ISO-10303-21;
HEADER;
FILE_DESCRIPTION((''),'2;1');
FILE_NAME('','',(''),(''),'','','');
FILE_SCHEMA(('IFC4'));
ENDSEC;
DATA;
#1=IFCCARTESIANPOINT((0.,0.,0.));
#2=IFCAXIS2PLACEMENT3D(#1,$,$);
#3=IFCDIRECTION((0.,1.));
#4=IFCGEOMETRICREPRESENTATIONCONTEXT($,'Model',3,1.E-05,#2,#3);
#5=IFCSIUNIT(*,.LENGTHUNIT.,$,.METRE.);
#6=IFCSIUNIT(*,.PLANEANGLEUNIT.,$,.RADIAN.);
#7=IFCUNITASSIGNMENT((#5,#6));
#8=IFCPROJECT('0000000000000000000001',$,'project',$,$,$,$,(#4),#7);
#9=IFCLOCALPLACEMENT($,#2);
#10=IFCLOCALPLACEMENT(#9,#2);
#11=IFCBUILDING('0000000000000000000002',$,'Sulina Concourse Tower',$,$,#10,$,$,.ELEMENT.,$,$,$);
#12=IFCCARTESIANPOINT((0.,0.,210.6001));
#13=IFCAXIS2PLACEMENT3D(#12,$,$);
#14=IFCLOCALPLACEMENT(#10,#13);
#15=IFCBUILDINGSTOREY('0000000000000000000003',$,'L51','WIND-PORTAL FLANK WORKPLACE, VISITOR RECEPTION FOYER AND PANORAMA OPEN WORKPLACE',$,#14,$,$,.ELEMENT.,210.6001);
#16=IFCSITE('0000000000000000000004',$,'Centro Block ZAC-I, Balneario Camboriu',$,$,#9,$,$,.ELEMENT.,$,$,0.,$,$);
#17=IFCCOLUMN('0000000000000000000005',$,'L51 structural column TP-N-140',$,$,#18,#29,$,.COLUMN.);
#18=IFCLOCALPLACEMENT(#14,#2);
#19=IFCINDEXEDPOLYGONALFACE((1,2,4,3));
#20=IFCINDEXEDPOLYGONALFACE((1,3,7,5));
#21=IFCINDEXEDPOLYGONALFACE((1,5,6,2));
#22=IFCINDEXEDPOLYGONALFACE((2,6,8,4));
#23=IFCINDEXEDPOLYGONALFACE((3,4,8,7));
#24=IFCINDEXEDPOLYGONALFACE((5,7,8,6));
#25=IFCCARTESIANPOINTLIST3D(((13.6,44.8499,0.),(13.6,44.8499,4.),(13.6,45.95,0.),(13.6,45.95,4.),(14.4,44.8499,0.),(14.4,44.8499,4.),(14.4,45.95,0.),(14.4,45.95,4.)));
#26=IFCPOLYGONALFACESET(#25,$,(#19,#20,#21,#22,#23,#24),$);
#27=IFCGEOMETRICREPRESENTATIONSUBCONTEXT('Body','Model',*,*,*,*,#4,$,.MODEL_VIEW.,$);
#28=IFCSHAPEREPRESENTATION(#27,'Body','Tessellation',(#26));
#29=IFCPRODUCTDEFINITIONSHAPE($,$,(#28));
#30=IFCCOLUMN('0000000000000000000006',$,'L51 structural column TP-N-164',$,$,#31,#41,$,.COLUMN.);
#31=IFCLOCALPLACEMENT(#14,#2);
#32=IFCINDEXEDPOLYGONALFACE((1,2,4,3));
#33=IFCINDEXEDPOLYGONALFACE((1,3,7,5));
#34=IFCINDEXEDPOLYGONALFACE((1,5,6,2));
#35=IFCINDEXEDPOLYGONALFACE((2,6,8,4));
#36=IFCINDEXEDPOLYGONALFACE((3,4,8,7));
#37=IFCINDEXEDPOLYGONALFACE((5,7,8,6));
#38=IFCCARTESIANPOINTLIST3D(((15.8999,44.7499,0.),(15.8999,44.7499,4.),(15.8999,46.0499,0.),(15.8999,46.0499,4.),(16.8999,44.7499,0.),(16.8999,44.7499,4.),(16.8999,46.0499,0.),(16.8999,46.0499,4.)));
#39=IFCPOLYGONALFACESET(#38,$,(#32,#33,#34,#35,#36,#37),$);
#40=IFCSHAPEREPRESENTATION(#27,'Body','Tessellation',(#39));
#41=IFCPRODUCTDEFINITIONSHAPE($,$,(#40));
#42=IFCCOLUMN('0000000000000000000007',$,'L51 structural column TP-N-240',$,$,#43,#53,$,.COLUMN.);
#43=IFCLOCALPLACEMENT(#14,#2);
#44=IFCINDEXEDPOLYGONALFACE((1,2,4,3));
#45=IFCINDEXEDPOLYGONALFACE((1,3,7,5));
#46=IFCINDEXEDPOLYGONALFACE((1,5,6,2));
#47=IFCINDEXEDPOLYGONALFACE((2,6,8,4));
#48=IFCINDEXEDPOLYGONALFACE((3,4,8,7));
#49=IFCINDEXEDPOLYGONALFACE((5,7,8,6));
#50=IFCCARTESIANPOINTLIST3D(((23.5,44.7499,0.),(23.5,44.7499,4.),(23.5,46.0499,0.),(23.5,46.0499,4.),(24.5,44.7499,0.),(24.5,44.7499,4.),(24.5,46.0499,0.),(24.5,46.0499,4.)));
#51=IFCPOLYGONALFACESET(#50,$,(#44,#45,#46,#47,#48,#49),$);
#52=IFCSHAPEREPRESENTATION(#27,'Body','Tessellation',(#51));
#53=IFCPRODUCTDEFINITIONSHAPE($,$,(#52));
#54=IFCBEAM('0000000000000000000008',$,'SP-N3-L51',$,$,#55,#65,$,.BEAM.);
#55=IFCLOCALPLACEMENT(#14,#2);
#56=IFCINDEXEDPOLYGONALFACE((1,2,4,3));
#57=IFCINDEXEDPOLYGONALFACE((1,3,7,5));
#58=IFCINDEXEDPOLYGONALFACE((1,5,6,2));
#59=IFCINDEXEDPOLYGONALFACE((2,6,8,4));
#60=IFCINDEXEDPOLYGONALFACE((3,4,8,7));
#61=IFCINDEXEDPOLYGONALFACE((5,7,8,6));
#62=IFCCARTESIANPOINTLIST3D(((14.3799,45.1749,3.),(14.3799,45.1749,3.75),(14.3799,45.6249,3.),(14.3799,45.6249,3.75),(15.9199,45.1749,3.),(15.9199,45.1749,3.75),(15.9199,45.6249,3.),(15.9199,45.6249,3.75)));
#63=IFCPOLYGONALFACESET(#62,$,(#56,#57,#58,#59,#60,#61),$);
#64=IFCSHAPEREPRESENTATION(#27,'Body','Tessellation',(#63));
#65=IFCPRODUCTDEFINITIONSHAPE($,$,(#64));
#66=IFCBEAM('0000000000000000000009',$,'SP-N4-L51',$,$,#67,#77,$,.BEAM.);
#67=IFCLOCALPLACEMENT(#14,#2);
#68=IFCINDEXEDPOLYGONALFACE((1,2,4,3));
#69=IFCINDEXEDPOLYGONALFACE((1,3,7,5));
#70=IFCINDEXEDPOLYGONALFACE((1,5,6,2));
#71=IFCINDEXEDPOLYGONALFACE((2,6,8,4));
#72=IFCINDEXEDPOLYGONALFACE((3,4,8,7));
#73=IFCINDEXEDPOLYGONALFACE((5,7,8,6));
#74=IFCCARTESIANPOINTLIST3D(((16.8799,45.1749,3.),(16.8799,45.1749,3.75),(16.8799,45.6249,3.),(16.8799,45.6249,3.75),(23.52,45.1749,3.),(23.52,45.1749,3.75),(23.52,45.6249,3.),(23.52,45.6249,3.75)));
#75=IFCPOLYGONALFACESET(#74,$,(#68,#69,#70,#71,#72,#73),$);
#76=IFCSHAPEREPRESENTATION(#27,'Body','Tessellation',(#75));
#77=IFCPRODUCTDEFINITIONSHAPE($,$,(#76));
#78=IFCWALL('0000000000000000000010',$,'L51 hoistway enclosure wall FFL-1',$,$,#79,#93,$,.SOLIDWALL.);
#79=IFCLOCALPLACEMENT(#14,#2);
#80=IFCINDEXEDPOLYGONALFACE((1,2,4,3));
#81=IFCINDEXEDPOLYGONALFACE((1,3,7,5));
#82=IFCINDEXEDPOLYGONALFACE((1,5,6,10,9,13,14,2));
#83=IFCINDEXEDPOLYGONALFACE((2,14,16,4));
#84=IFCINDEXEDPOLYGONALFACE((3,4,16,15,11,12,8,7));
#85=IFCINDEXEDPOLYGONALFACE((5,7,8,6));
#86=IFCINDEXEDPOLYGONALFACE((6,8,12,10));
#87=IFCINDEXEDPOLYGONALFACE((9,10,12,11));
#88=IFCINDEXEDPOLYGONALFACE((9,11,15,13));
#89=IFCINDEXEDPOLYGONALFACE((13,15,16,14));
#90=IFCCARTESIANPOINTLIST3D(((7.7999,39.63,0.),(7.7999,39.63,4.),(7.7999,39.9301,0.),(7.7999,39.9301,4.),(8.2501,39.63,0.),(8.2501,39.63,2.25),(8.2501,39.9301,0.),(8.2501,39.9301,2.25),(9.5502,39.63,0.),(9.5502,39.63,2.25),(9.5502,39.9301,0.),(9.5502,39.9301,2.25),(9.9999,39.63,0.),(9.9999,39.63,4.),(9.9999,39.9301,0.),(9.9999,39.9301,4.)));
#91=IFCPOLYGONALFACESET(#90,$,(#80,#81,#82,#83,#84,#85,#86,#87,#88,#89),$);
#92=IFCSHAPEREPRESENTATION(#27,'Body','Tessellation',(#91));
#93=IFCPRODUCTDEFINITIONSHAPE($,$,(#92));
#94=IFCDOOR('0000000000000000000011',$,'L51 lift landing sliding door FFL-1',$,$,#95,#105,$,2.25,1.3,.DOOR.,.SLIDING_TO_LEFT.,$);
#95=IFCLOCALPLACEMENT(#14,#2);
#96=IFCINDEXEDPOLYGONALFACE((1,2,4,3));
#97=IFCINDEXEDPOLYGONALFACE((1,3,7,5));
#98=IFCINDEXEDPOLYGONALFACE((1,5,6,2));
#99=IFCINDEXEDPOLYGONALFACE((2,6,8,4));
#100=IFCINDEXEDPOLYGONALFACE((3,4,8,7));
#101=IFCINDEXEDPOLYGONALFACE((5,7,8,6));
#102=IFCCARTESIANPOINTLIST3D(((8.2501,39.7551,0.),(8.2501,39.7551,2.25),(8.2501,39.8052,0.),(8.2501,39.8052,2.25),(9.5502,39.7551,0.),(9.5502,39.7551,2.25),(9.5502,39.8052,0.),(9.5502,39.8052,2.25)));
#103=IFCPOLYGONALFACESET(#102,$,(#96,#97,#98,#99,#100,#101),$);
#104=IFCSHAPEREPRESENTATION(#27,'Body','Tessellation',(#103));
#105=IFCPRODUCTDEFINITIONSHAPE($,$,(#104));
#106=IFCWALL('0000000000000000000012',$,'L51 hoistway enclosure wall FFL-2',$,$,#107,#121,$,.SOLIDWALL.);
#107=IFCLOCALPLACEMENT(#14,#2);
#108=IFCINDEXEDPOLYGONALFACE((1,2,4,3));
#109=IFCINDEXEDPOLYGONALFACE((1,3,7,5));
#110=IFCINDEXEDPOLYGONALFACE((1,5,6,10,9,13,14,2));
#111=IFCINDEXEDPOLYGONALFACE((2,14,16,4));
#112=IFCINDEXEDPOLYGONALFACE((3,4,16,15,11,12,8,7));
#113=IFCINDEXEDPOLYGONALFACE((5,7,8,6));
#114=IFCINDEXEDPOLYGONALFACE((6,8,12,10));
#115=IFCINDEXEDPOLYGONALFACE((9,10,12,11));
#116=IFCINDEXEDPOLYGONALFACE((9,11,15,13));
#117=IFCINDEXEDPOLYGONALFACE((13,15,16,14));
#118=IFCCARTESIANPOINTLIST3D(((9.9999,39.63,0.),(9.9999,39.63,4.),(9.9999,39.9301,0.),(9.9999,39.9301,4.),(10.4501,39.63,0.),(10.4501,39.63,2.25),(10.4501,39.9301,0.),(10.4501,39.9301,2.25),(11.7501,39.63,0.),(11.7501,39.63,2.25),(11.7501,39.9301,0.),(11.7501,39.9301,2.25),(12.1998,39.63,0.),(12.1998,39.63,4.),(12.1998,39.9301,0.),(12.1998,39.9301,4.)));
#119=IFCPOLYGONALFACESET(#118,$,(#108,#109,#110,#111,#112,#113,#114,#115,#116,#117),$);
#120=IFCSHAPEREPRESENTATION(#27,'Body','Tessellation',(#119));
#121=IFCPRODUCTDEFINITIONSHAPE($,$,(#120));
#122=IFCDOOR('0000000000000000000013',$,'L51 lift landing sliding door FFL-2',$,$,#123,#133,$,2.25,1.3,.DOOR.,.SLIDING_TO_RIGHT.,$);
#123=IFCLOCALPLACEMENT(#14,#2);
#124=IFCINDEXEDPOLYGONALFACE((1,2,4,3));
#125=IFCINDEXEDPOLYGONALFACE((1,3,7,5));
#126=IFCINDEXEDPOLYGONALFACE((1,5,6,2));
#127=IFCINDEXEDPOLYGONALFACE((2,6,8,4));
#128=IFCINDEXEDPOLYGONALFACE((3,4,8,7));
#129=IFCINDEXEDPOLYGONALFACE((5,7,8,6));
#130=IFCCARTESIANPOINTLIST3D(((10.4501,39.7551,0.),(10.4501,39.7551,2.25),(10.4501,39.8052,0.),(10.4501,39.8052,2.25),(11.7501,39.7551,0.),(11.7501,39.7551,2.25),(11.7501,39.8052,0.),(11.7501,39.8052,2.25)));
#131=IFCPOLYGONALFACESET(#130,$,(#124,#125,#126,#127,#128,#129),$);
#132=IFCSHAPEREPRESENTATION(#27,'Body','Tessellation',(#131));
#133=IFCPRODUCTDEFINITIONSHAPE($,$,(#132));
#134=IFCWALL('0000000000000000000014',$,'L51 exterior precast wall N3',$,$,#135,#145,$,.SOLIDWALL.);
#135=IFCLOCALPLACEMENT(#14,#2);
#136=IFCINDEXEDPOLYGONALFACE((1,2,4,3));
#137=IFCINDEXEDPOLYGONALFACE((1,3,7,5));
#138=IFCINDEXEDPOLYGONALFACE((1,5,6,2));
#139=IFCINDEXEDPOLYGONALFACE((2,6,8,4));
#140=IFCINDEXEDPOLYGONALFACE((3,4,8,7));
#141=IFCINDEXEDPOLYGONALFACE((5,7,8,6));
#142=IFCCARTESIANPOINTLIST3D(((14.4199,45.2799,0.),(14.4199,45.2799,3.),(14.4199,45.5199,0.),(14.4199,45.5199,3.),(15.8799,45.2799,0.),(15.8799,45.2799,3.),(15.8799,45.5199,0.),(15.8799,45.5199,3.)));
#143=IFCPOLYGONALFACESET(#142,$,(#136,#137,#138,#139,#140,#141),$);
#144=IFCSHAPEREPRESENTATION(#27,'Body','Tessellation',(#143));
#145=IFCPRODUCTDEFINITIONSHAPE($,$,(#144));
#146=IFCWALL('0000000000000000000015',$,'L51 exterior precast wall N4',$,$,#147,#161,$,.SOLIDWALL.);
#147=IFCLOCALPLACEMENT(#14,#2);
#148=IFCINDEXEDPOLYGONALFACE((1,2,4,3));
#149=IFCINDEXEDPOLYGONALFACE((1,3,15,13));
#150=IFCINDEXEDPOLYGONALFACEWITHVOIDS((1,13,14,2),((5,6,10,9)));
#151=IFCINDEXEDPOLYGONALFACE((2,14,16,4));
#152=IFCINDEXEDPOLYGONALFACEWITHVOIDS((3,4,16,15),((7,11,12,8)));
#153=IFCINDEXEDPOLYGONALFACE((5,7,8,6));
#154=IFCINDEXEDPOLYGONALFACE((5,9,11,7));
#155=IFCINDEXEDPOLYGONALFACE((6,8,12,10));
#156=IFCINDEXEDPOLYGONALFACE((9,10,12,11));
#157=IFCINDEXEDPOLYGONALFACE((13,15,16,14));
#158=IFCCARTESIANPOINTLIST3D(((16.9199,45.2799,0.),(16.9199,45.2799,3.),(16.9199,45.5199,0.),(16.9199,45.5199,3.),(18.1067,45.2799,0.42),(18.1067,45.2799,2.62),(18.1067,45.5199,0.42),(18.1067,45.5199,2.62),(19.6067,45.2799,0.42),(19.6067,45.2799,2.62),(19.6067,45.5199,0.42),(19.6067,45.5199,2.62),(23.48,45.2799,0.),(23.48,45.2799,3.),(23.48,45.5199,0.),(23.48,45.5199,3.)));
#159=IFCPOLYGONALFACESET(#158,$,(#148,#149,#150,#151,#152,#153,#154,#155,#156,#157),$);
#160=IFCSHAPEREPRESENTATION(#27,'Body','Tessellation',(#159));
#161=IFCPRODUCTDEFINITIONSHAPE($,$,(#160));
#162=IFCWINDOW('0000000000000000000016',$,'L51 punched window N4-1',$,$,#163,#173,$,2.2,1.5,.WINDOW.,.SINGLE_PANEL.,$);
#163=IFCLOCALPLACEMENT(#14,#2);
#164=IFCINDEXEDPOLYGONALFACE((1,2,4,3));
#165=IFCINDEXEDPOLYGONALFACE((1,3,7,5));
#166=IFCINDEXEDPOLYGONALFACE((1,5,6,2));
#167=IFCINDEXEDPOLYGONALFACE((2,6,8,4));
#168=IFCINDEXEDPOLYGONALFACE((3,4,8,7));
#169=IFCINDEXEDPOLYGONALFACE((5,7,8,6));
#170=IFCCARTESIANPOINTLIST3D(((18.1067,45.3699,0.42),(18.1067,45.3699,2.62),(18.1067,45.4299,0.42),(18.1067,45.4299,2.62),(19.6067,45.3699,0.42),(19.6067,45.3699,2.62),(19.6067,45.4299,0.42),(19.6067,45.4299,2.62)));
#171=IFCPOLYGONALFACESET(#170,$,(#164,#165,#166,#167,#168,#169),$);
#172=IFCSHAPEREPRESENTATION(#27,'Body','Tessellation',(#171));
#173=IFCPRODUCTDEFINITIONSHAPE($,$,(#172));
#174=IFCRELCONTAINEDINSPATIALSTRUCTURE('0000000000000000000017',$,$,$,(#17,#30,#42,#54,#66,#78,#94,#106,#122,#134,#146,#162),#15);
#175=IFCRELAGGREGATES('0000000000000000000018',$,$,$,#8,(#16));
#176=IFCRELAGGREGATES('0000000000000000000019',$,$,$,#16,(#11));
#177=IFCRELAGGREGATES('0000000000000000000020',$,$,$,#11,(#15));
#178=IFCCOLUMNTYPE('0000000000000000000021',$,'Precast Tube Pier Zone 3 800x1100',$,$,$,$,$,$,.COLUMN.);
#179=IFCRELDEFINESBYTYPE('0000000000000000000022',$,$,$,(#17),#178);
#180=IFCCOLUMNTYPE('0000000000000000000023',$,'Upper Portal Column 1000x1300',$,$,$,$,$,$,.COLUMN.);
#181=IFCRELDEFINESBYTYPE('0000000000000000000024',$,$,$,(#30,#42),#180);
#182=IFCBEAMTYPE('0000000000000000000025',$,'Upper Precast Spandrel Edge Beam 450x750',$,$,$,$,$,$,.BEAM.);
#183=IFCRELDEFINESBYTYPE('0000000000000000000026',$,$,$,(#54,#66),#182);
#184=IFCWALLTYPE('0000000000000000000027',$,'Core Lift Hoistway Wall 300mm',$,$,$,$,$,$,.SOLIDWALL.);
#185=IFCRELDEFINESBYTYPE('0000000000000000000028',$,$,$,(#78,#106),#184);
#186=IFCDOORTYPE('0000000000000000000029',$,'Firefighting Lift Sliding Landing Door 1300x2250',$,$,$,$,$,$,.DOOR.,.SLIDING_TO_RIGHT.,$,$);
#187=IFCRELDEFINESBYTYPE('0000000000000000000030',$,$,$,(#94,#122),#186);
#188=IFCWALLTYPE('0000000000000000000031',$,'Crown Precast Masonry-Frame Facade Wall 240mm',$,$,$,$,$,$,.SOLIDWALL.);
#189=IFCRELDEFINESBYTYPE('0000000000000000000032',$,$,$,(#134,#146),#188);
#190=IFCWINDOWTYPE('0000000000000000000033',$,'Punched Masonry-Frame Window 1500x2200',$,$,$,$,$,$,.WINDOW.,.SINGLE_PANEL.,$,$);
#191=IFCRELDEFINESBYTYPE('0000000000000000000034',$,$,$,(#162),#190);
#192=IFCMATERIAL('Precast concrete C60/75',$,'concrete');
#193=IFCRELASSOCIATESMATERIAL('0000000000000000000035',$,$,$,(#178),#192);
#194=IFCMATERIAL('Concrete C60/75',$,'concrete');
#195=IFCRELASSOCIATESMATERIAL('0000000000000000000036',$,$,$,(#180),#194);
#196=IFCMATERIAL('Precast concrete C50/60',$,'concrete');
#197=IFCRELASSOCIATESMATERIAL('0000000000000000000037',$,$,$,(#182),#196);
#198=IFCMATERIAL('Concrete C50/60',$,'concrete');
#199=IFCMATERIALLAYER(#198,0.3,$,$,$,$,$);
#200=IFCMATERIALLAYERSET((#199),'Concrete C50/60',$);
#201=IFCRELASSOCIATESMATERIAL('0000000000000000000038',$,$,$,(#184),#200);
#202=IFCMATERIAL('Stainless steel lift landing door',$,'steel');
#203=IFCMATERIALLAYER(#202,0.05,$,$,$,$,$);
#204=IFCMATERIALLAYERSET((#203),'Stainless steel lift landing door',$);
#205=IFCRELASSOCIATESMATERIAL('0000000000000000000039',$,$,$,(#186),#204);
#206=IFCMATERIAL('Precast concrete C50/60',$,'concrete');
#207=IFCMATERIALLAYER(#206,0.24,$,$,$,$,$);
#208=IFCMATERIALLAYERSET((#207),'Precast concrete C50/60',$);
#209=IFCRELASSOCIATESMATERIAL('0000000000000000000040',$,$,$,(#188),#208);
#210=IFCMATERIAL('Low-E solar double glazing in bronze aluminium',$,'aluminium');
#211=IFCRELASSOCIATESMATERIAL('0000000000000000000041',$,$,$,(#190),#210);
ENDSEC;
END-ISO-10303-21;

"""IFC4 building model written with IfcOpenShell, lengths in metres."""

from ifc_helpers import new_model, si_unit, direction, frame, frame_2d, origin, origin_2d, place, context, subcontext, project, spatial, rectangle, extrude, material, layer, layer_set, material_profile, profile_set, type_object, element, fill, save


model = new_model("IFC4")

# Units and contexts
model_context = context("Model", 3, precision=1e-05, world=origin(), true_north=direction((0.0, 1.0)))
body_context = subcontext(model_context, "Body", "Model", "MODEL_VIEW")
ifc_project = project(units=[si_unit("LENGTHUNIT", "METRE"), si_unit("PLANEANGLEUNIT", "RADIAN")], contexts=[model_context])

# Site, building, storey
site_placement = place(None, origin())
site = spatial("IfcSite", under=ifc_project, at=site_placement, Name="Centro Block ZAC-I, Balneario Camboriu", CompositionType="ELEMENT", RefElevation=0.0)
building_placement = place(site_placement, origin())
building = spatial("IfcBuilding", under=site, at=building_placement, Name="Sulina Concourse Tower", CompositionType="ELEMENT")
storey_placement = place(building_placement, frame((0.0, 0.0, 210.6001)))
storey = spatial("IfcBuildingStorey", under=building, at=storey_placement, Name="L51", Description="WIND-PORTAL FLANK WORKPLACE, VISITOR RECEPTION FOYER AND PANORAMA OPEN WORKPLACE", CompositionType="ELEMENT", Elevation=210.6001)

# Columns
ifc_material_1 = material(Name="Precast concrete C60/75", Category="concrete")
ifc_material_profile_1 = material_profile(ifc_material_1, rectangle(XDim=0.8, YDim=1.1001, at=origin_2d()), Name="PC 800x1100")
ifc_profile_set_1 = profile_set([ifc_material_profile_1], Name="Precast concrete C60/75")
column_type_1 = type_object("IfcColumnType", Name="Precast Tube Pier Zone 3 800x1100", PredefinedType="COLUMN", material=ifc_profile_set_1)
column_placement = place(storey_placement, frame((14.0, 45.3999, 0.0), z_axis=(0.0, 0.0, 1.0), x_axis=(1.0, 0.0, 0.0)))
element("IfcColumn", 1, at=column_placement, inside=storey, type_object=column_type_1, Name="L51 structural column TP-N-140", PredefinedType="COLUMN", context=body_context, shape_type="SweptSolid", body=[
    extrude(rectangle(XDim=0.8, YDim=1.1001, at=origin_2d()), origin(), (0.0, 0.0, 1.0), 4.0),
])
ifc_material_2 = material(Name="Concrete C60/75", Category="concrete")
ifc_material_profile_2 = material_profile(ifc_material_2, rectangle(XDim=1.0, YDim=1.3, at=origin_2d()), Name="RC 1000x1300")
ifc_profile_set_2 = profile_set([ifc_material_profile_2], Name="Concrete C60/75")
column_type_2 = type_object("IfcColumnType", Name="Upper Portal Column 1000x1300", PredefinedType="COLUMN", material=ifc_profile_set_2)
for number, where, z_axis, x_axis, name in (
    (2, (16.3999, 45.3999, 0.0), (0.0, 0.0, 1.0), (1.0, 0.0, 0.0), "L51 structural column TP-N-164"),
    (3, (24.0, 45.3999, 0.0), (0.0, 0.0, 1.0), (1.0, 0.0, 0.0), "L51 structural column TP-N-240"),
):
    element("IfcColumn", number, at=place(storey_placement, frame(where, z_axis=z_axis, x_axis=x_axis)), inside=storey, type_object=column_type_2, Name=name, PredefinedType="COLUMN", context=body_context, shape_type="SweptSolid", body=[
        extrude(rectangle(XDim=1.0, YDim=1.3, at=origin_2d()), origin(), (0.0, 0.0, 1.0), 4.0),
    ])

# Beams
ifc_material_3 = material(Name="Precast concrete C50/60", Category="concrete")
ifc_material_profile_3 = material_profile(ifc_material_3, rectangle(XDim=0.45, YDim=0.75, at=origin_2d()), Name="RC 450x750")
ifc_profile_set_3 = profile_set([ifc_material_profile_3], Name="Precast concrete C50/60")
beam_type = type_object("IfcBeamType", Name="Upper Precast Spandrel Edge Beam 450x750", PredefinedType="BEAM", material=ifc_profile_set_3)
beam_1_placement = place(storey_placement, frame((14.3799, 45.3999, 3.375), z_axis=(1.0, 0.0, 0.0), x_axis=(0.0, 1.0, 0.0)))
element("IfcBeam", 4, at=beam_1_placement, inside=storey, type_object=beam_type, Name="SP-N3-L51", PredefinedType="BEAM", context=body_context, shape_type="SweptSolid", body=[
    extrude(rectangle(XDim=0.45, YDim=0.75, at=origin_2d()), origin(), (0.0, 0.0, 1.0), 1.54),
])
beam_2_placement = place(storey_placement, frame((16.8799, 45.3999, 3.375), z_axis=(1.0, 0.0, 0.0), x_axis=(0.0, 1.0, 0.0)))
element("IfcBeam", 5, at=beam_2_placement, inside=storey, type_object=beam_type, Name="SP-N4-L51", PredefinedType="BEAM", context=body_context, shape_type="SweptSolid", body=[
    extrude(rectangle(XDim=0.45, YDim=0.75, at=origin_2d()), origin(), (0.0, 0.0, 1.0), 6.6401),
])

# Walls, openings, doors
ifc_material_4 = material(Name="Concrete C50/60", Category="concrete")
ifc_layer_1 = layer(ifc_material_4, 0.3)
ifc_layer_set_1 = layer_set([ifc_layer_1], Name="Concrete C50/60")
wall_type_1 = type_object("IfcWallType", Name="Core Lift Hoistway Wall 300mm", PredefinedType="SOLIDWALL", material=ifc_layer_set_1)
wall_1_placement = place(storey_placement, frame((10.0, 39.78, 0.0), z_axis=(0.0, 0.0, 1.0), x_axis=(-1.0, 0.0, 0.0)))
wall_1 = element("IfcWall", 6, at=wall_1_placement, inside=storey, type_object=wall_type_1, Name="L51 hoistway enclosure wall FFL-1", PredefinedType="SOLIDWALL", context=body_context, shape_type="SweptSolid", body=[
    extrude(rectangle(XDim=2.2, YDim=0.3, at=frame_2d((1.1001, 0.0))), origin(), (0.0, 0.0, 1.0), 4.0),
])
opening_1_placement = place(wall_1_placement, frame((0.45, 0.0, 0.0)))
opening_1 = element("IfcOpeningElement", 7, at=opening_1_placement, cuts=wall_1, PredefinedType="OPENING", context=body_context, shape_type="SweptSolid", body=[
    extrude(rectangle(XDim=1.3, YDim=2.25, at=frame_2d((0.6499, 1.125))), frame((0.0, 0.1599, 0.0), z_axis=(0.0, -1.0, 0.0), x_axis=(1.0, 0.0, 0.0)), (0.0, 0.0, 1.0), 0.3201),
])
ifc_material_5 = material(Name="Stainless steel lift landing door", Category="steel")
ifc_layer_2 = layer(ifc_material_5, 0.05)
ifc_layer_set_2 = layer_set([ifc_layer_2], Name="Stainless steel lift landing door")
door_type_1 = type_object("IfcDoorType", Name="Firefighting Lift Sliding Landing Door 1300x2250", OperationType="SLIDING_TO_RIGHT", PredefinedType="DOOR", material=ifc_layer_set_2)
door_1_placement = place(opening_1_placement, origin())
door_1 = element("IfcDoor", 8, at=door_1_placement, inside=storey, type_object=door_type_1, Name="L51 lift landing sliding door FFL-1", OperationType="SLIDING_TO_LEFT", OverallHeight=2.25, OverallWidth=1.3, PredefinedType="DOOR", context=body_context, shape_type="SweptSolid", body=[
    extrude(rectangle(XDim=1.3, YDim=2.25, at=frame_2d((0.6499, 1.125))), frame((0.0, 0.0249, 0.0), z_axis=(0.0, -1.0, 0.0), x_axis=(1.0, 0.0, 0.0)), (0.0, 0.0, 1.0), 0.05),
])
fill(opening_1, door_1)
wall_2_placement = place(storey_placement, frame((12.2, 39.78, 0.0), z_axis=(0.0, 0.0, 1.0), x_axis=(-1.0, 0.0, 0.0)))
wall_2 = element("IfcWall", 9, at=wall_2_placement, inside=storey, type_object=wall_type_1, Name="L51 hoistway enclosure wall FFL-2", PredefinedType="SOLIDWALL", context=body_context, shape_type="SweptSolid", body=[
    extrude(rectangle(XDim=2.2, YDim=0.3, at=frame_2d((1.1001, 0.0))), origin(), (0.0, 0.0, 1.0), 4.0),
])
opening_2_placement = place(wall_2_placement, frame((0.45, 0.0, 0.0)))
opening_2 = element("IfcOpeningElement", 10, at=opening_2_placement, cuts=wall_2, PredefinedType="OPENING", context=body_context, shape_type="SweptSolid", body=[
    extrude(rectangle(XDim=1.3, YDim=2.25, at=frame_2d((0.6499, 1.125))), frame((0.0, 0.1599, 0.0), z_axis=(0.0, -1.0, 0.0), x_axis=(1.0, 0.0, 0.0)), (0.0, 0.0, 1.0), 0.3201),
])
door_2_placement = place(opening_2_placement, origin())
door_2 = element("IfcDoor", 11, at=door_2_placement, inside=storey, type_object=door_type_1, Name="L51 lift landing sliding door FFL-2", OperationType="SLIDING_TO_RIGHT", OverallHeight=2.25, OverallWidth=1.3, PredefinedType="DOOR", context=body_context, shape_type="SweptSolid", body=[
    extrude(rectangle(XDim=1.3, YDim=2.25, at=frame_2d((0.6499, 1.125))), frame((0.0, 0.0249, 0.0), z_axis=(0.0, -1.0, 0.0), x_axis=(1.0, 0.0, 0.0)), (0.0, 0.0, 1.0), 0.05),
])
fill(opening_2, door_2)

# Wall
ifc_material_6 = material(Name="Precast concrete C50/60", Category="concrete")
ifc_layer_3 = layer(ifc_material_6, 0.24)
ifc_layer_set_3 = layer_set([ifc_layer_3], Name="Precast concrete C50/60")
wall_type_2 = type_object("IfcWallType", Name="Crown Precast Masonry-Frame Facade Wall 240mm", PredefinedType="SOLIDWALL", material=ifc_layer_set_3)
wall_3_placement = place(storey_placement, frame((14.4199, 45.3999, 0.0), z_axis=(0.0, 0.0, 1.0), x_axis=(1.0, 0.0, 0.0)))
element("IfcWall", 12, at=wall_3_placement, inside=storey, type_object=wall_type_2, Name="L51 exterior precast wall N3", PredefinedType="SOLIDWALL", context=body_context, shape_type="SweptSolid", body=[
    extrude(rectangle(XDim=1.46, YDim=0.24, at=frame_2d((0.73, 0.0))), origin(), (0.0, 0.0, 1.0), 3.0),
])

# Wall, opening, window
wall_4_placement = place(storey_placement, frame((16.9199, 45.3999, 0.0), z_axis=(0.0, 0.0, 1.0), x_axis=(1.0, 0.0, 0.0)))
wall_4 = element("IfcWall", 13, at=wall_4_placement, inside=storey, type_object=wall_type_2, Name="L51 exterior precast wall N4", PredefinedType="SOLIDWALL", context=body_context, shape_type="SweptSolid", body=[
    extrude(rectangle(XDim=6.5601, YDim=0.24, at=frame_2d((3.28, 0.0))), origin(), (0.0, 0.0, 1.0), 3.0),
])
opening_3_placement = place(wall_4_placement, frame((1.1868, 0.0, 0.4199)))
opening_3 = element("IfcOpeningElement", 14, at=opening_3_placement, cuts=wall_4, PredefinedType="OPENING", context=body_context, shape_type="SweptSolid", body=[
    extrude(rectangle(XDim=1.5, YDim=2.2, at=frame_2d((0.75, 1.1001))), frame((0.0, 0.1299, 0.0), z_axis=(0.0, -1.0, 0.0), x_axis=(1.0, 0.0, 0.0)), (0.0, 0.0, 1.0), 0.26),
])
ifc_material_7 = material(Name="Low-E solar double glazing in bronze aluminium", Category="aluminium")
window_type = type_object("IfcWindowType", Name="Punched Masonry-Frame Window 1500x2200", PartitioningType="SINGLE_PANEL", PredefinedType="WINDOW", material=ifc_material_7)
window_placement = place(opening_3_placement, origin())
window = element("IfcWindow", 15, at=window_placement, inside=storey, type_object=window_type, Name="L51 punched window N4-1", OverallHeight=2.2, OverallWidth=1.5, PartitioningType="SINGLE_PANEL", PredefinedType="WINDOW", context=body_context, shape_type="SweptSolid", body=[
    extrude(rectangle(XDim=1.5, YDim=2.2, at=frame_2d((0.75, 1.1001))), frame((0.0, 0.03, 0.0), z_axis=(0.0, -1.0, 0.0), x_axis=(1.0, 0.0, 0.0)), (0.0, 0.0, 1.0), 0.0601),
])
fill(opening_3, window)

save(model, "model.ifc")
